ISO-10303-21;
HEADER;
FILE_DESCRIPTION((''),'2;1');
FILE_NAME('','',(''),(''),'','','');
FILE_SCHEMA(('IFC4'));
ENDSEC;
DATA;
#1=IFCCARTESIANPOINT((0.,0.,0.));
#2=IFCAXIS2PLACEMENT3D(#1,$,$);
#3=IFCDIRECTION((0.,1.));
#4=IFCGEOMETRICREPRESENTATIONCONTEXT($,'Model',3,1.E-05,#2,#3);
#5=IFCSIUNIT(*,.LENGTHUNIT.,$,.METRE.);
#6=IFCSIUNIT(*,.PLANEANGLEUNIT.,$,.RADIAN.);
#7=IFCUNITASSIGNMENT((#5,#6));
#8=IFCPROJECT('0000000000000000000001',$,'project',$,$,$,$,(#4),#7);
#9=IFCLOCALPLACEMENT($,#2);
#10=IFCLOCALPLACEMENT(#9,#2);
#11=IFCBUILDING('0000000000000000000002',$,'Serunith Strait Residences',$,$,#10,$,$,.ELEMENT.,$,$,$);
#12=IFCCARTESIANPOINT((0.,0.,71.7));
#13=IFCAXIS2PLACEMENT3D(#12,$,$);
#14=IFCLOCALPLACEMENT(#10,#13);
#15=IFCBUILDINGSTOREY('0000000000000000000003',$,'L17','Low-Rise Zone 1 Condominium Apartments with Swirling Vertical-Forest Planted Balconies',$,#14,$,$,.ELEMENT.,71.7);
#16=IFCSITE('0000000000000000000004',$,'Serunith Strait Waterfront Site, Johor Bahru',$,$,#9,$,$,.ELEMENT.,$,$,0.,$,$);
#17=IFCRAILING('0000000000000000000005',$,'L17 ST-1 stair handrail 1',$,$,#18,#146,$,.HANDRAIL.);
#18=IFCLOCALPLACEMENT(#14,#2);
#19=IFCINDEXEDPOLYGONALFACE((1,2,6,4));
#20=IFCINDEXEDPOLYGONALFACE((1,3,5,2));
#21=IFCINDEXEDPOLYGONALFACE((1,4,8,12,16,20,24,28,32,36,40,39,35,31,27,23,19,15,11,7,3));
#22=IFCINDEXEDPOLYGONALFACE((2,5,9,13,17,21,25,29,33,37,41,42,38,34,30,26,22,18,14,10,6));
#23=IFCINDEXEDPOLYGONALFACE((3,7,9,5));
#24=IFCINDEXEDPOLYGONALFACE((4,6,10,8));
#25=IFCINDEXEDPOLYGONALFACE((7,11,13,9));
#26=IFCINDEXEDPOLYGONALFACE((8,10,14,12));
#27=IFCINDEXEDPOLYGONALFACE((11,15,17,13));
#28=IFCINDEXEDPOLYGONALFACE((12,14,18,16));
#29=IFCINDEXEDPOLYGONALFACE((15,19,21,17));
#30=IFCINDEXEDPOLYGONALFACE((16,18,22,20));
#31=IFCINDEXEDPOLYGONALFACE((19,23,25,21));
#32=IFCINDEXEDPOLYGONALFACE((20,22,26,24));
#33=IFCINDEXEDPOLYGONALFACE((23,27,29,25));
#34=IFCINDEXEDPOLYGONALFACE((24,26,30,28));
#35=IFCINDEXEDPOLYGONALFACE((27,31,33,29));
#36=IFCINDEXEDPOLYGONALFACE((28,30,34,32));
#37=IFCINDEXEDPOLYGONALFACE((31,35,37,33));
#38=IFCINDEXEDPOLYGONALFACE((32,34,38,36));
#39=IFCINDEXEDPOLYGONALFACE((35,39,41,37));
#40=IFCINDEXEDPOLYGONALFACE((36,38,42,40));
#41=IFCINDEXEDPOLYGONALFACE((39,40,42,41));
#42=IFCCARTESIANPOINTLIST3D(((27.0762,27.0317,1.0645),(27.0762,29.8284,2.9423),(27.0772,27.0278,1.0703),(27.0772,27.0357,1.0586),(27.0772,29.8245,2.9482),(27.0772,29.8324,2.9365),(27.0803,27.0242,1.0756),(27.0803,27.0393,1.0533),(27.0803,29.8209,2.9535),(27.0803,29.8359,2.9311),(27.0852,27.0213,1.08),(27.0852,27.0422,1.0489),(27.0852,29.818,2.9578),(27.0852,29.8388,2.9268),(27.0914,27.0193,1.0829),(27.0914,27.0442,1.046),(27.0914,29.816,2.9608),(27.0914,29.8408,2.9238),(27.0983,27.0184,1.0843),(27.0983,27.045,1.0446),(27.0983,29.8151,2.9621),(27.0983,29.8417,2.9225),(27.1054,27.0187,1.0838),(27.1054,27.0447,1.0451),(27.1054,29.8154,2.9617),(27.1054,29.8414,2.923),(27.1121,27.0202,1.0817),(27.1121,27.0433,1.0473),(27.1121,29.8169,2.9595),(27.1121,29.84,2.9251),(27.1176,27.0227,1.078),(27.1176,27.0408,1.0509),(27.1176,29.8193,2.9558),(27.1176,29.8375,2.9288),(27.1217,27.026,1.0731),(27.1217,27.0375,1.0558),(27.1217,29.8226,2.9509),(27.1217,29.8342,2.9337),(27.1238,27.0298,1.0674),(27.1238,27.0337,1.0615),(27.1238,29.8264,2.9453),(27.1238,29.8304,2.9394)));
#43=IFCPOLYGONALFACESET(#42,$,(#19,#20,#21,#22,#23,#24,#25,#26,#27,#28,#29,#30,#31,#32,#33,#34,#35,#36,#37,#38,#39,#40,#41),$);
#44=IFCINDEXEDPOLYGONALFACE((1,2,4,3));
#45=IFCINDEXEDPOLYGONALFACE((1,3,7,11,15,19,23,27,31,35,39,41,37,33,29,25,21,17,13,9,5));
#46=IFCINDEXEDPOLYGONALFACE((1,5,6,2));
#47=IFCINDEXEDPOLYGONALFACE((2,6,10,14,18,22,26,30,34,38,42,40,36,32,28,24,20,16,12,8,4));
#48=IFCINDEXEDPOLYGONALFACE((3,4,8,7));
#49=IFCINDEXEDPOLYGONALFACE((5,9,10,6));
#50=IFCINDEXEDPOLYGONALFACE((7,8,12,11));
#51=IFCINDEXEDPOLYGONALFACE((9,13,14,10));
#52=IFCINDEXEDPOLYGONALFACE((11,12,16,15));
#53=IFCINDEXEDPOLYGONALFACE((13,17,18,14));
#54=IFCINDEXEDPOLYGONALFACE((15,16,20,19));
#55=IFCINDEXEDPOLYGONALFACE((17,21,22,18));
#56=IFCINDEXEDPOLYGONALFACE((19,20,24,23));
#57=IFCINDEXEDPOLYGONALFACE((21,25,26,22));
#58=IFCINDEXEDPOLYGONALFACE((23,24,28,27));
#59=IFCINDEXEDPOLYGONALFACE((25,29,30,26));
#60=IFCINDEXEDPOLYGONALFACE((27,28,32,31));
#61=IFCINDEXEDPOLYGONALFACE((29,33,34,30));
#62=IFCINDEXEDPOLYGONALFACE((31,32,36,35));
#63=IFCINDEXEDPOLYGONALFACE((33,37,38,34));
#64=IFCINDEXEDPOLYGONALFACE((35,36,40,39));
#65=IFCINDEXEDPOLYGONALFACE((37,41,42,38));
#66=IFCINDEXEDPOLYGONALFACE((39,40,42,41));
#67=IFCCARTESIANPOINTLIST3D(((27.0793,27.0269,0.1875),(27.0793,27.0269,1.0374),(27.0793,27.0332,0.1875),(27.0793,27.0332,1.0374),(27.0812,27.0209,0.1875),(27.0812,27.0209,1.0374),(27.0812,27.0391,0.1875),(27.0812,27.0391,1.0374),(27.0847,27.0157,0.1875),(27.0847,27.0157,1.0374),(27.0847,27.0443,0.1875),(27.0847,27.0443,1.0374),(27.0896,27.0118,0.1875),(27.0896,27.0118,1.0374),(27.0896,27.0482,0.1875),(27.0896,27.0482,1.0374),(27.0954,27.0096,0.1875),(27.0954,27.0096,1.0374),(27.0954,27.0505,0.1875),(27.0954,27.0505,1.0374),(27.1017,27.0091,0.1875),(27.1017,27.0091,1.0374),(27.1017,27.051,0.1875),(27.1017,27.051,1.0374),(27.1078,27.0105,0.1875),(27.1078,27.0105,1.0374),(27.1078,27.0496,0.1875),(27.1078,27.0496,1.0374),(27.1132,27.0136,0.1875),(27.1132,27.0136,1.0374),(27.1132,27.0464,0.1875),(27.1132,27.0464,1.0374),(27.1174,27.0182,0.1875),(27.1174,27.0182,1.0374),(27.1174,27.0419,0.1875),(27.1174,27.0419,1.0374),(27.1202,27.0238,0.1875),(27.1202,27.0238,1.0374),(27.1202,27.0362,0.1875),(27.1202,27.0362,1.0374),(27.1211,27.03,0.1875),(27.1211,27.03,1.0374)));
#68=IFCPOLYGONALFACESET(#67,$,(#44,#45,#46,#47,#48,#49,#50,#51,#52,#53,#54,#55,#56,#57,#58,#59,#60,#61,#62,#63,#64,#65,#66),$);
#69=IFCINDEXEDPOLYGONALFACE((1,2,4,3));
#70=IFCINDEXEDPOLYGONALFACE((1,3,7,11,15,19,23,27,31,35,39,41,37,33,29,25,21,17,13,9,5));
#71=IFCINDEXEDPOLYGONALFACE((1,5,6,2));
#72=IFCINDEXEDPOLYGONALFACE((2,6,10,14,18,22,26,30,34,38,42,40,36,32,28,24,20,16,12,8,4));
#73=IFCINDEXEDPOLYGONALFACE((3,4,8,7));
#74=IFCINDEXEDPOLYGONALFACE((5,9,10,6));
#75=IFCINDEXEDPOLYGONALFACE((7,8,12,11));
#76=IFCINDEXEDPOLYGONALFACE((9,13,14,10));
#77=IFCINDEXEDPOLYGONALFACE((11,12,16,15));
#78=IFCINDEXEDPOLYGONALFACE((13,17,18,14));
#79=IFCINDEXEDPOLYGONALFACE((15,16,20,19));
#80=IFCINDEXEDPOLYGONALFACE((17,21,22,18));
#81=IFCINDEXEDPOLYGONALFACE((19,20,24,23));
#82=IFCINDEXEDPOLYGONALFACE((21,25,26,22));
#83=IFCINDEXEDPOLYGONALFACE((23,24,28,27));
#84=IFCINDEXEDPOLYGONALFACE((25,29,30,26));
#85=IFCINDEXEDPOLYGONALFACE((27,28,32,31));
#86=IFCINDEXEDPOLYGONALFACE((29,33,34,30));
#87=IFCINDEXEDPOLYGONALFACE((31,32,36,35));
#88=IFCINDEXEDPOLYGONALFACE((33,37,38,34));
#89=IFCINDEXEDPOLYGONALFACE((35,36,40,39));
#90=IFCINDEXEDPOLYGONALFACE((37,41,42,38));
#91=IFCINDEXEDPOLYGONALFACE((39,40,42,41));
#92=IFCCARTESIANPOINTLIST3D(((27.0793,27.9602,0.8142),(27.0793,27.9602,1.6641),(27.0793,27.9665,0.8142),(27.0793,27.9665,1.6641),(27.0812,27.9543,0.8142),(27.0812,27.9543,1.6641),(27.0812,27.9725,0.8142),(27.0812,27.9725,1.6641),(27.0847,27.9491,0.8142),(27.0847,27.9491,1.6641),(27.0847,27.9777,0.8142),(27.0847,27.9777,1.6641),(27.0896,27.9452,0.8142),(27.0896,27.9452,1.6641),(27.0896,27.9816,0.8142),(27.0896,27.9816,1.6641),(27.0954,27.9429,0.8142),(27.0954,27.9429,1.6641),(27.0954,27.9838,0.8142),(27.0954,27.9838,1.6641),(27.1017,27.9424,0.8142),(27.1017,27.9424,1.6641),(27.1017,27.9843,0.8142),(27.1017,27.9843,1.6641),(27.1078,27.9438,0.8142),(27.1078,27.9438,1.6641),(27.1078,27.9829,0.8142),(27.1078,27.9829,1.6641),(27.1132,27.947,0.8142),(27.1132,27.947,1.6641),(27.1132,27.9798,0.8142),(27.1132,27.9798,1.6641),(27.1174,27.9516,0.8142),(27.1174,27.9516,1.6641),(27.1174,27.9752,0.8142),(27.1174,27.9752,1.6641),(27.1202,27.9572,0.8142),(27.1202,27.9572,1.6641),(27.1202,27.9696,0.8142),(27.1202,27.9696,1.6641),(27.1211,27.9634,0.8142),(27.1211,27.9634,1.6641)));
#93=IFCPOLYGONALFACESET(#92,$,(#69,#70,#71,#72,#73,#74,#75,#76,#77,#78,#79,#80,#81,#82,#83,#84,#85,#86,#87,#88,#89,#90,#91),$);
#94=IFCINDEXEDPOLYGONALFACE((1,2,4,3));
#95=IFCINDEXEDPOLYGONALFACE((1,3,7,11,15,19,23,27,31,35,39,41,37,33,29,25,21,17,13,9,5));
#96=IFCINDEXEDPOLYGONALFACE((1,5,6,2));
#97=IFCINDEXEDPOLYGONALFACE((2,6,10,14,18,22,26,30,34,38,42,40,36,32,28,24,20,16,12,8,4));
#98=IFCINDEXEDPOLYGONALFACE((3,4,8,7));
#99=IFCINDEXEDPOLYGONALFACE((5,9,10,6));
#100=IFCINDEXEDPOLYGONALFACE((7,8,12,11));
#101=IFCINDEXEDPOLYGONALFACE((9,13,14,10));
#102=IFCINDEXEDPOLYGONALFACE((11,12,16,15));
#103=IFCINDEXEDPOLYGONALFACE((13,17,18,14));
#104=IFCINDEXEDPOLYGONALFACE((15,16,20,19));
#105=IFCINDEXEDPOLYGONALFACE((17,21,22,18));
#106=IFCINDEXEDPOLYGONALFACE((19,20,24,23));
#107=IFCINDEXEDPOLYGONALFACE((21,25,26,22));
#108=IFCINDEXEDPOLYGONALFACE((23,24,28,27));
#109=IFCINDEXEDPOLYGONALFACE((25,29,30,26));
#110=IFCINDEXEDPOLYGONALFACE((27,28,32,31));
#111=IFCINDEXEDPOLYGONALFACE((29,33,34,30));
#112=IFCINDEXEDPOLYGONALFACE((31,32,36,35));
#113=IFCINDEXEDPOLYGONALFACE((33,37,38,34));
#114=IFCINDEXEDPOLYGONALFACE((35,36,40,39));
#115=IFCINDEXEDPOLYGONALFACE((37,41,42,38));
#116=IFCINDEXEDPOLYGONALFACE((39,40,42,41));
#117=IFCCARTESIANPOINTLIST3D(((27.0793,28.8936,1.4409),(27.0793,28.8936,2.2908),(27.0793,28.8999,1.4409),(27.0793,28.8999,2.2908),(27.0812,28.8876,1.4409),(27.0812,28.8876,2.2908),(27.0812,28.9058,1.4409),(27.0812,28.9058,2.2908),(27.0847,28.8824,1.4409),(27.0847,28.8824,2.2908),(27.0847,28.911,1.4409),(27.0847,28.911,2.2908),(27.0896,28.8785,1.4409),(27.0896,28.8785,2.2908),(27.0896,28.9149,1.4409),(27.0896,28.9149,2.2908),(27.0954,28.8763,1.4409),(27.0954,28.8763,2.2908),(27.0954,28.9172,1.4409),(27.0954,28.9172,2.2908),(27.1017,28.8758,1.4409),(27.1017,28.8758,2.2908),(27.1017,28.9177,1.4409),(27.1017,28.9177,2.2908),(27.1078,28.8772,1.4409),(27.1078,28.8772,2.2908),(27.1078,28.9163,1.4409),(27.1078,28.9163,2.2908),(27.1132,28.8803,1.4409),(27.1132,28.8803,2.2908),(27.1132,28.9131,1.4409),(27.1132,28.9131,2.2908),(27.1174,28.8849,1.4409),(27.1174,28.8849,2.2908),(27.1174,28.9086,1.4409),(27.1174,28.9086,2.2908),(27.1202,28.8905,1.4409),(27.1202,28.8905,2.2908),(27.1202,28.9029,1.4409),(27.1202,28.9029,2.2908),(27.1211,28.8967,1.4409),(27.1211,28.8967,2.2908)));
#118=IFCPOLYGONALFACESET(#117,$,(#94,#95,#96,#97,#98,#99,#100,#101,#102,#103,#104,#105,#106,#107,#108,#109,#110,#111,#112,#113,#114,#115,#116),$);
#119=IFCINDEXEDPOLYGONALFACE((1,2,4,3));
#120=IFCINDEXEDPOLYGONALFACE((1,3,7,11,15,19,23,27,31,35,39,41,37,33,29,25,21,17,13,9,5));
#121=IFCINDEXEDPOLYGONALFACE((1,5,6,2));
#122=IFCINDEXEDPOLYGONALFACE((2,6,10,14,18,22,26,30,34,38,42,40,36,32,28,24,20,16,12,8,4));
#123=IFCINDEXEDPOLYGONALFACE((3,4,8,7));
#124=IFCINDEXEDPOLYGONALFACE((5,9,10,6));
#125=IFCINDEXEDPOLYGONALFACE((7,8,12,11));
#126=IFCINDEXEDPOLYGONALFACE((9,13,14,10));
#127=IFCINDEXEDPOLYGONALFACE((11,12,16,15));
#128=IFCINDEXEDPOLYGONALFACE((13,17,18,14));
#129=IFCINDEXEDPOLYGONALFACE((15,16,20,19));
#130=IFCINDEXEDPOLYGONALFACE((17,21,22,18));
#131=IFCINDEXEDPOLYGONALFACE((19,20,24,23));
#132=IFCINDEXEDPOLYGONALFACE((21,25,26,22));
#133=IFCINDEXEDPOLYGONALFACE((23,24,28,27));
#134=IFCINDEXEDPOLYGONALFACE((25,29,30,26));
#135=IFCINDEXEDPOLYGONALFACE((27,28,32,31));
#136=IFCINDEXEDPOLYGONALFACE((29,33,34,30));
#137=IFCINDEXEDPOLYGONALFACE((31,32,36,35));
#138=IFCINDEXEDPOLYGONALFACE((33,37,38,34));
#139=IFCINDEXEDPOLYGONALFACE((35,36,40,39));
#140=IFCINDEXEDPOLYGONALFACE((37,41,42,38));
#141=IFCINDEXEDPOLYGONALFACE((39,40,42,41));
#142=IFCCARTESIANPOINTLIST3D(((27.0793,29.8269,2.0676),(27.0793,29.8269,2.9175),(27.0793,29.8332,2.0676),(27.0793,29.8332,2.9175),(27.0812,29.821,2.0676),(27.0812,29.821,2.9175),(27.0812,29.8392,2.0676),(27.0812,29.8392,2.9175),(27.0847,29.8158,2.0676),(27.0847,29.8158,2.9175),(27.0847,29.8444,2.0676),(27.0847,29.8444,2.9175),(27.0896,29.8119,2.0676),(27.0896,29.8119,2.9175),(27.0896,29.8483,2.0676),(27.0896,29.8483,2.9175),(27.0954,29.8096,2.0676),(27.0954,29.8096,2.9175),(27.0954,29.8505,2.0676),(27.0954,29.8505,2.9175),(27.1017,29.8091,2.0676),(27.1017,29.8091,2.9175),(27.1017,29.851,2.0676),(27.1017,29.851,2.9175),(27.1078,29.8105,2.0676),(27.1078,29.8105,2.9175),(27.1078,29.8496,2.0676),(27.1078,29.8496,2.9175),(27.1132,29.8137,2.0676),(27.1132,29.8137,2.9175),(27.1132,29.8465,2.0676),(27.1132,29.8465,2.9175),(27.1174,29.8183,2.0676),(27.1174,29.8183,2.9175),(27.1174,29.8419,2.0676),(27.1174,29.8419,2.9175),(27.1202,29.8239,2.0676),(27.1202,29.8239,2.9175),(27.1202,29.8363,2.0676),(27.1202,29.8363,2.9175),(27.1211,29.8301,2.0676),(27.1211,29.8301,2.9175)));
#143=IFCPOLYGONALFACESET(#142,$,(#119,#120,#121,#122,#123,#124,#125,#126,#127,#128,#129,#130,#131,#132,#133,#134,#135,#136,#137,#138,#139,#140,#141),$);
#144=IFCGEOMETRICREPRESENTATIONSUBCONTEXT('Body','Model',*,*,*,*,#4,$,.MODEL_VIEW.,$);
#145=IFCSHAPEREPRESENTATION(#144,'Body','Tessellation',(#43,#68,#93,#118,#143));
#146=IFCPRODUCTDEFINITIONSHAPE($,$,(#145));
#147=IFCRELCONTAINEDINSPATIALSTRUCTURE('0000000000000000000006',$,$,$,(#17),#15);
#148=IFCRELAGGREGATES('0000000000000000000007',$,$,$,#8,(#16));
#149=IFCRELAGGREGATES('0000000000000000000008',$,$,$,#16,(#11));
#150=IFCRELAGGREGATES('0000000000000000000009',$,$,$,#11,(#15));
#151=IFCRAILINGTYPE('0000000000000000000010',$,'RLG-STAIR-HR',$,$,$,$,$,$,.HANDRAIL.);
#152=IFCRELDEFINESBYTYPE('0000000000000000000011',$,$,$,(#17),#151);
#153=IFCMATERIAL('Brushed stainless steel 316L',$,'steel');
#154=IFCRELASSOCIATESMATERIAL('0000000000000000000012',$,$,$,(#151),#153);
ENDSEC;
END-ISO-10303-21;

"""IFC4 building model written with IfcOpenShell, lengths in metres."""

from ifc_helpers import new_model, si_unit, direction, frame, origin, origin_2d, place, context, subcontext, project, spatial, circle, extrude, material, type_object, element, save


model = new_model("IFC4")

# Units and contexts
model_context = context("Model", 3, precision=1e-05, world=origin(), true_north=direction((0.0, 1.0)))
body_context = subcontext(model_context, "Body", "Model", "MODEL_VIEW")
ifc_project = project(units=[si_unit("LENGTHUNIT", "METRE"), si_unit("PLANEANGLEUNIT", "RADIAN")], contexts=[model_context])

# Site, building, storey
site_placement = place(None, origin())
site = spatial("IfcSite", under=ifc_project, at=site_placement, Name="Serunith Strait Waterfront Site, Johor Bahru", CompositionType="ELEMENT", RefElevation=0.0)
building_placement = place(site_placement, origin())
building = spatial("IfcBuilding", under=site, at=building_placement, Name="Serunith Strait Residences", CompositionType="ELEMENT")
storey_placement = place(building_placement, frame((0.0, 0.0, 71.7)))
storey = spatial("IfcBuildingStorey", under=building, at=storey_placement, Name="L17", Description="Low-Rise Zone 1 Condominium Apartments with Swirling Vertical-Forest Planted Balconies", CompositionType="ELEMENT", Elevation=71.7)

# Railing
ifc_material_1 = material(Name="Brushed stainless steel 316L", Category="steel")
railing_type_1 = type_object("IfcRailingType", Name="RLG-STAIR-HR", PredefinedType="HANDRAIL", material=ifc_material_1)
railing_1_placement = place(storey_placement, frame((27.1001, 27.03, 0.1875)))
element("IfcRailing", 1, at=railing_1_placement, inside=storey, type_object=railing_type_1, Name="L17 ST-1 stair handrail 1", PredefinedType="HANDRAIL", context=body_context, shape_type="SweptSolid", body=[
    extrude(circle(Radius=0.0239, at=origin_2d()), frame((0.0, 0.0017, 0.877), z_axis=(0.0, 0.830208, 0.557453), x_axis=(-1.0, 0.0, 0.0)), (0.0, 0.0, 1.0), 3.3687),
    extrude(circle(Radius=0.021, at=origin_2d()), origin(), (0.0, 0.0, 1.0), 0.8499),
    extrude(circle(Radius=0.021, at=origin_2d()), frame((0.0, 0.9333, 0.6267)), (0.0, 0.0, 1.0), 0.8499),
    extrude(circle(Radius=0.021, at=origin_2d()), frame((0.0, 1.8667, 1.2534)), (0.0, 0.0, 1.0), 0.8499),
    extrude(circle(Radius=0.021, at=origin_2d()), frame((0.0, 2.8, 1.8801)), (0.0, 0.0, 1.0), 0.8499),
])

save(model, "model.ifc")
